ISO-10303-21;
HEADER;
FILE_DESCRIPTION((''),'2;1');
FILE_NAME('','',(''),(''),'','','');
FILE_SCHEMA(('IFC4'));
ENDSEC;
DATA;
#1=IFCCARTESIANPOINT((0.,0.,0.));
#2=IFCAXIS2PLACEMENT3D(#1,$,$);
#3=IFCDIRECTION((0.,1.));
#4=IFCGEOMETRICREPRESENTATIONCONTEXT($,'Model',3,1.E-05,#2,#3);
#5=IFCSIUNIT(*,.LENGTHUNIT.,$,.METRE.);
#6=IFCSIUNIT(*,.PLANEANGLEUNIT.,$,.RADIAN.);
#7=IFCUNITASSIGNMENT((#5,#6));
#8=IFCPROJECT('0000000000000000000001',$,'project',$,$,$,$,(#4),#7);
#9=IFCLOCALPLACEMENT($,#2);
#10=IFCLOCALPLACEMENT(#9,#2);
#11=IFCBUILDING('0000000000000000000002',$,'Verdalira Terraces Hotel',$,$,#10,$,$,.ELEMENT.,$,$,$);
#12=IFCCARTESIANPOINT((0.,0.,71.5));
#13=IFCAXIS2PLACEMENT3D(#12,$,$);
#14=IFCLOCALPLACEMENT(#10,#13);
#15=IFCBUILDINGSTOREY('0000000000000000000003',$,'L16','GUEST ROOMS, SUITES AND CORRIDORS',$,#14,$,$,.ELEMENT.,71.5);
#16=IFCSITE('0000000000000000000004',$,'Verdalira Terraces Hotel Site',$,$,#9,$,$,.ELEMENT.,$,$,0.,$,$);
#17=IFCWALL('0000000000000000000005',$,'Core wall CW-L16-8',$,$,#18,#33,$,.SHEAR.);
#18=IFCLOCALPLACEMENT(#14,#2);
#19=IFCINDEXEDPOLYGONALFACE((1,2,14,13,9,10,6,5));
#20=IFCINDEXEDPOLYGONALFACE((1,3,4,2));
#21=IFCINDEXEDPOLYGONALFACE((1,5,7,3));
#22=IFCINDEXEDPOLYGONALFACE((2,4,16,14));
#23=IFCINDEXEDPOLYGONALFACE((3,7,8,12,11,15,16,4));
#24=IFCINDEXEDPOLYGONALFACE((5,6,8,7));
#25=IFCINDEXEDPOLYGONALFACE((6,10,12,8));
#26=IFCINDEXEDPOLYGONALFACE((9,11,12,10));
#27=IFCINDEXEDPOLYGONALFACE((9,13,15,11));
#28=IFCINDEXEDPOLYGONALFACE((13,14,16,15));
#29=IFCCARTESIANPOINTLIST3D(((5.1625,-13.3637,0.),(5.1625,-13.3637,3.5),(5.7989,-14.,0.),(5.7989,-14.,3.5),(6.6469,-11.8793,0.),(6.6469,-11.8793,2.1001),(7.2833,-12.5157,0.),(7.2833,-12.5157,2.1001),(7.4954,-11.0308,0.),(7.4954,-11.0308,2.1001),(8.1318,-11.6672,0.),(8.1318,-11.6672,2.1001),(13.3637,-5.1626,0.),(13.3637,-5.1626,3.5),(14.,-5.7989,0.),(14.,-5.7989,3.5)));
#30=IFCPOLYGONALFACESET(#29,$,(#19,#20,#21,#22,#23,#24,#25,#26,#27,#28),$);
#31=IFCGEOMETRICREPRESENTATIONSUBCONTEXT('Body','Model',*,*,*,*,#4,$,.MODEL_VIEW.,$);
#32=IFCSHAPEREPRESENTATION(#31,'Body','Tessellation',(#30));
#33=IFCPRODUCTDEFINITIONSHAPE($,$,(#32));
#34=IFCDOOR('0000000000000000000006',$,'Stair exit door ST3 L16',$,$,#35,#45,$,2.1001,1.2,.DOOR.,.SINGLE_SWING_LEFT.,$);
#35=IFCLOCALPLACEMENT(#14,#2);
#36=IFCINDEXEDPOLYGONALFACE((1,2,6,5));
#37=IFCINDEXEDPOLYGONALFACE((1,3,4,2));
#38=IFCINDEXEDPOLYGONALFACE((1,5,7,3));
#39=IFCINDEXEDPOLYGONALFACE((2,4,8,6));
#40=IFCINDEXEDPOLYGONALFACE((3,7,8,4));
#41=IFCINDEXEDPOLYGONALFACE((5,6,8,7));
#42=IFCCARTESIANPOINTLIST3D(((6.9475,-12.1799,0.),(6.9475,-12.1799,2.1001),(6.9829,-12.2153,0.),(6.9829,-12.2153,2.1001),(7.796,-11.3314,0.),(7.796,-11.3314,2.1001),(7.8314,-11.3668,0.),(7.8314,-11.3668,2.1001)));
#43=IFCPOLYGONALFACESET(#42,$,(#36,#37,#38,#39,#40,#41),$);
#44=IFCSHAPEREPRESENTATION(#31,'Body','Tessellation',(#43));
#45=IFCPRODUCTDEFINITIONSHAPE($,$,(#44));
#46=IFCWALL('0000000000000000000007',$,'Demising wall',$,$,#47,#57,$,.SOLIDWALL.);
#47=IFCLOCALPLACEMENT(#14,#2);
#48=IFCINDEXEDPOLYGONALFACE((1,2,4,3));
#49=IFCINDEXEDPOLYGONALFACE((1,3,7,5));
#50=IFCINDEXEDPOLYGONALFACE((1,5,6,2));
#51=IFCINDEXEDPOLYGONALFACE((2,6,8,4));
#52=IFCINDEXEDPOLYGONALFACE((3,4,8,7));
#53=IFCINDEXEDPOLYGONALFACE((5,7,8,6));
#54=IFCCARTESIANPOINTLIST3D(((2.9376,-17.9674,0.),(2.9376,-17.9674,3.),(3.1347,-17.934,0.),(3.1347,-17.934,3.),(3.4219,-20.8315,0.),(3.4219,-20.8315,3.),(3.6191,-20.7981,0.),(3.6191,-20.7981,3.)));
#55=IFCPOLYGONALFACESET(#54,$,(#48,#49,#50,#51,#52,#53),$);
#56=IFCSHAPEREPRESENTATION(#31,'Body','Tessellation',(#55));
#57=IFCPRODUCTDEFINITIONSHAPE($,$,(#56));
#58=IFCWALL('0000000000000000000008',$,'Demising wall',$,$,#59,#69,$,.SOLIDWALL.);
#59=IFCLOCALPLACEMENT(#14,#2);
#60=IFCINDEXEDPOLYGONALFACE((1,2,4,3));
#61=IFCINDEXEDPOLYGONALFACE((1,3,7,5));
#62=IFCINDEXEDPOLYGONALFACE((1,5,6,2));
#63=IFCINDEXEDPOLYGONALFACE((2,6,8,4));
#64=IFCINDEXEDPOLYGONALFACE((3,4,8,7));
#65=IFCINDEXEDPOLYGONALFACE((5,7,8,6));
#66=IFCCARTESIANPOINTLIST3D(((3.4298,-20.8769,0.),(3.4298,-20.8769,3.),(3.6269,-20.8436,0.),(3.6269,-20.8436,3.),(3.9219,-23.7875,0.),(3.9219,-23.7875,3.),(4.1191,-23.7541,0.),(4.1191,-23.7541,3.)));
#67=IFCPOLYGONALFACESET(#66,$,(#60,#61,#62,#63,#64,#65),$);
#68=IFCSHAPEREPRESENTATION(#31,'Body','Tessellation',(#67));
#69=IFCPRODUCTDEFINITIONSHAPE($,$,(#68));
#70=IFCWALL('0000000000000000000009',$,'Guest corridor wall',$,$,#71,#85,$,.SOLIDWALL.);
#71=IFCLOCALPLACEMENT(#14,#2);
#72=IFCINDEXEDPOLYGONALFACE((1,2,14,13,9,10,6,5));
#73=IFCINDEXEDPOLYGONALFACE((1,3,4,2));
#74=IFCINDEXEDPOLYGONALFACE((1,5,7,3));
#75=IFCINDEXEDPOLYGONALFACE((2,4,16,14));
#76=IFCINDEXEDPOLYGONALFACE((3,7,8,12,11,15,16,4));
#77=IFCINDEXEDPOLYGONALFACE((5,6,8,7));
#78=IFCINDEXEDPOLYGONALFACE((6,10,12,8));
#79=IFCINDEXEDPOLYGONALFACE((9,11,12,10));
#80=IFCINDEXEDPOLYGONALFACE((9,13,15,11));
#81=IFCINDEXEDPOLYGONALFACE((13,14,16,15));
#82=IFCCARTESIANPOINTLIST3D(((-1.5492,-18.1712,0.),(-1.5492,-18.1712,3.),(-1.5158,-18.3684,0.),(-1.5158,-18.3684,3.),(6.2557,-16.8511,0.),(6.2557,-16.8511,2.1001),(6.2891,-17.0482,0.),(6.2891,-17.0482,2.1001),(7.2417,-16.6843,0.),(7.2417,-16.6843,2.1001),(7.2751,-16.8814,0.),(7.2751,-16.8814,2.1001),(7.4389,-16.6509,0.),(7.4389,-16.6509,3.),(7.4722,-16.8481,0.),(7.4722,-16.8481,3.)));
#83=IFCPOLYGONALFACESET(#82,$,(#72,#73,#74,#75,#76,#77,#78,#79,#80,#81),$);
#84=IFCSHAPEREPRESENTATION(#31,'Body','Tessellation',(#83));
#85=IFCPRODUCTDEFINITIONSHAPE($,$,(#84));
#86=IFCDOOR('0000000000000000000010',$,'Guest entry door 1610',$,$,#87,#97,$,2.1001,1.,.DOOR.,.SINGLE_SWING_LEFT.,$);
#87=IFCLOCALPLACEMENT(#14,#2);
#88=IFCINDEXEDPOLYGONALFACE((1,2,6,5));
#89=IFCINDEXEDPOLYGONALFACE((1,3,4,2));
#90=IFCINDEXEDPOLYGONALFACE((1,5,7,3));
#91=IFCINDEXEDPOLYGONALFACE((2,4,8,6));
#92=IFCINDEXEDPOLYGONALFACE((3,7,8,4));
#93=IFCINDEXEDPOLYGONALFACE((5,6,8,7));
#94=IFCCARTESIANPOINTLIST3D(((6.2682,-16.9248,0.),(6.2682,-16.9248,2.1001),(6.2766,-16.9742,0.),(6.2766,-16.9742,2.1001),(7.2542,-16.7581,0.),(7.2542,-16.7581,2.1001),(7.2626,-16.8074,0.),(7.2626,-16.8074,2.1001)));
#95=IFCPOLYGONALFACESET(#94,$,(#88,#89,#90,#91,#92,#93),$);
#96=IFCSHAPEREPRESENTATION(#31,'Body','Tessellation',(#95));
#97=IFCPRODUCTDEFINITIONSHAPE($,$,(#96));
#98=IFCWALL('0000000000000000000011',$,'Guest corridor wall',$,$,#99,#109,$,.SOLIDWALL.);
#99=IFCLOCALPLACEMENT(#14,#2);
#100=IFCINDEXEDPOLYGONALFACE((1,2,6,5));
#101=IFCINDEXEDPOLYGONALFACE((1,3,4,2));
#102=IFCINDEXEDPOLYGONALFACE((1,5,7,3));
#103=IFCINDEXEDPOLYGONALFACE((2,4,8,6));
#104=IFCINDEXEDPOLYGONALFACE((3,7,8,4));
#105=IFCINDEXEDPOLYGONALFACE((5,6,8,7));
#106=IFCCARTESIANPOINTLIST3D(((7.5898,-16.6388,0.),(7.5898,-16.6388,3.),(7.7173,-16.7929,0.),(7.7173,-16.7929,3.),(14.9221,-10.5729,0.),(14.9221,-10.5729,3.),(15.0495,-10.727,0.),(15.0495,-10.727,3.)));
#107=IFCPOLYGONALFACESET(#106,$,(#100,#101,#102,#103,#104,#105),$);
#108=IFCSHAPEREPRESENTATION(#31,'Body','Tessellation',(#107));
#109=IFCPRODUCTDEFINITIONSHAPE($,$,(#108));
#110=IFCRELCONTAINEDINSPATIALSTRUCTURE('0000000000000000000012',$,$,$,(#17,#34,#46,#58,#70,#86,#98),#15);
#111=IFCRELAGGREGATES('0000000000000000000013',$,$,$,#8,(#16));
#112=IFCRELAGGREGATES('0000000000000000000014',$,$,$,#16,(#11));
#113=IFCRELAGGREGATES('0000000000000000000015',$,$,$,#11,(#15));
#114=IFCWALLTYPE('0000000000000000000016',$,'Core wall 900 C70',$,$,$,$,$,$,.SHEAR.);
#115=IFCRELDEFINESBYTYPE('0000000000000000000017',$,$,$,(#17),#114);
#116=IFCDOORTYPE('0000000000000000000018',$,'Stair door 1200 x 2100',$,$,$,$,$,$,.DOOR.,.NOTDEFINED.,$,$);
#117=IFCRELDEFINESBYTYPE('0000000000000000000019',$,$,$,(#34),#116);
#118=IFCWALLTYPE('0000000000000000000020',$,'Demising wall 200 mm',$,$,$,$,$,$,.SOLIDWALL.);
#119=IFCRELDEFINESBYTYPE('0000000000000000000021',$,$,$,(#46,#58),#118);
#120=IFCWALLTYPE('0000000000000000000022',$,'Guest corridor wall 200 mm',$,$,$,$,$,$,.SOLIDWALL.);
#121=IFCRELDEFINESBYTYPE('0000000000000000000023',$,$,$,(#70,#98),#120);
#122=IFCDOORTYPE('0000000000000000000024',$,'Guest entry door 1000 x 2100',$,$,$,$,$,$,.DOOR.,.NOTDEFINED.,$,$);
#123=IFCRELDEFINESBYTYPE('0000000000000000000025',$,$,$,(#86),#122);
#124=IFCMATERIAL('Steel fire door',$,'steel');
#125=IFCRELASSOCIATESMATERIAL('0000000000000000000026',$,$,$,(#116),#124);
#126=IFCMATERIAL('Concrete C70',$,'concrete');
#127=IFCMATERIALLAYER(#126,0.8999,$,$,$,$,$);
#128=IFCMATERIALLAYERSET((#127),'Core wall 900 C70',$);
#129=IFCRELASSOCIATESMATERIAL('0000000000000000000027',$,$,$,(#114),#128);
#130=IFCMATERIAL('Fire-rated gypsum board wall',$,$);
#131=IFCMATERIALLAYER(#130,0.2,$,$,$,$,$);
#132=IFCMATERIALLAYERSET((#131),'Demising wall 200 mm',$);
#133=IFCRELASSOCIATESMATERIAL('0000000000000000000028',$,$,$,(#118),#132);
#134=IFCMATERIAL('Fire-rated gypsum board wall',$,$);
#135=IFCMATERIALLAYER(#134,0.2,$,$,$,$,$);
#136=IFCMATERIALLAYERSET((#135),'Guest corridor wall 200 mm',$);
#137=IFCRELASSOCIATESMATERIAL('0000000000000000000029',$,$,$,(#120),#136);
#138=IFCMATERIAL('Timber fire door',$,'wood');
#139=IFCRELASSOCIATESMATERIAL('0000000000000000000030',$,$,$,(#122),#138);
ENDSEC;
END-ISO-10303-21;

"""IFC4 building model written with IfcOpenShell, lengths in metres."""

from ifc_helpers import new_model, si_unit, direction, frame, frame_2d, origin, place, context, subcontext, project, spatial, rectangle, extrude, material, layer, layer_set, type_object, element, fill, save


model = new_model("IFC4")

# Units and contexts
model_context = context("Model", 3, precision=1e-05, world=origin(), true_north=direction((0.0, 1.0)))
body_context = subcontext(model_context, "Body", "Model", "MODEL_VIEW")
ifc_project = project(units=[si_unit("LENGTHUNIT", "METRE"), si_unit("PLANEANGLEUNIT", "RADIAN")], contexts=[model_context])

# Site, building, storey
site_placement = place(None, origin())
site = spatial("IfcSite", under=ifc_project, at=site_placement, Name="Verdalira Terraces Hotel Site", CompositionType="ELEMENT", RefElevation=0.0)
building_placement = place(site_placement, origin())
building = spatial("IfcBuilding", under=site, at=building_placement, Name="Verdalira Terraces Hotel", CompositionType="ELEMENT")
storey_placement = place(building_placement, frame((0.0, 0.0, 71.5)))
storey = spatial("IfcBuildingStorey", under=building, at=storey_placement, Name="L16", Description="GUEST ROOMS, SUITES AND CORRIDORS", CompositionType="ELEMENT", Elevation=71.5)

# Shared definitions
ifc_material_1 = material(Name="Steel fire door", Category="steel")
door_type_1 = type_object("IfcDoorType", Name="Stair door 1200 x 2100", OperationType="NOTDEFINED", PredefinedType="DOOR", material=ifc_material_1)

# Wall, opening, door
ifc_material_2 = material(Name="Concrete C70", Category="concrete")
ifc_layer_1 = layer(ifc_material_2, 0.8999)
ifc_layer_set_1 = layer_set([ifc_layer_1], Name="Core wall 900 C70")
wall_type_1 = type_object("IfcWallType", Name="Core wall 900 C70", PredefinedType="SHEAR", material=ifc_layer_set_1)
wall_1_placement = place(storey_placement, frame((5.4807, -13.6819, 0.0), z_axis=(0.0, 0.0, 1.0), x_axis=(0.707107, 0.707107, 0.0)))
wall_1 = element("IfcWall", 1, at=wall_1_placement, inside=storey, type_object=wall_type_1, Name="Core wall CW-L16-8", PredefinedType="SHEAR", context=body_context, shape_type="SweptSolid", body=[
    extrude(rectangle(XDim=11.5981, YDim=0.8999, at=frame_2d((5.7991, 0.0))), origin(), (0.0, 0.0, 1.0), 3.5),
])
opening_1_placement = place(wall_1_placement, frame((2.0991, 0.0, 0.0)))
opening_1 = element("IfcOpeningElement", 2, at=opening_1_placement, cuts=wall_1, PredefinedType="OPENING", context=body_context, shape_type="SweptSolid", body=[
    extrude(rectangle(XDim=1.2, YDim=2.1001, at=frame_2d((0.6001, 1.05))), frame((0.0, 0.46, 0.0), z_axis=(0.0, -1.0, 0.0), x_axis=(1.0, 0.0, 0.0)), (0.0, 0.0, 1.0), 0.9199),
])
door_1_placement = place(opening_1_placement, origin())
door_1 = element("IfcDoor", 3, at=door_1_placement, inside=storey, type_object=door_type_1, Name="Stair exit door ST3 L16", OperationType="SINGLE_SWING_LEFT", OverallHeight=2.1001, OverallWidth=1.2, PredefinedType="DOOR", context=body_context, shape_type="SweptSolid", body=[
    extrude(rectangle(XDim=1.2, YDim=2.1001, at=frame_2d((0.6001, 1.05))), frame((0.0, 0.0249, 0.0), z_axis=(0.0, -1.0, 0.0), x_axis=(1.0, 0.0, 0.0)), (0.0, 0.0, 1.0), 0.05),
])
fill(opening_1, door_1)

# Walls
ifc_material_3 = material(Name="Fire-rated gypsum board wall")
ifc_layer_2 = layer(ifc_material_3, 0.2)
ifc_layer_set_2 = layer_set([ifc_layer_2], Name="Demising wall 200 mm")
wall_type_2 = type_object("IfcWallType", Name="Demising wall 200 mm", PredefinedType="SOLIDWALL", material=ifc_layer_set_2)
wall_2_placement = place(storey_placement, frame((3.0361, -17.9507, 0.0), z_axis=(0.0, 0.0, 1.0), x_axis=(0.166756, -0.985998, 0.0)))
element("IfcWall", 4, at=wall_2_placement, inside=storey, type_object=wall_type_2, Name="Demising wall", PredefinedType="SOLIDWALL", context=body_context, shape_type="SweptSolid", body=[
    extrude(rectangle(XDim=2.9048, YDim=0.2, at=frame_2d((1.4524, 0.0))), origin(), (0.0, 0.0, 1.0), 3.0),
])
wall_3_placement = place(storey_placement, frame((3.5283, -20.8601, 0.0), z_axis=(0.0, 0.0, 1.0), x_axis=(0.166732, -0.986002, 0.0)))
element("IfcWall", 5, at=wall_3_placement, inside=storey, type_object=wall_type_2, Name="Demising wall", PredefinedType="SOLIDWALL", context=body_context, shape_type="SweptSolid", body=[
    extrude(rectangle(XDim=2.9519, YDim=0.2, at=frame_2d((1.4761, 0.0))), origin(), (0.0, 0.0, 1.0), 3.0),
])

# Wall, opening, door
ifc_material_4 = material(Name="Fire-rated gypsum board wall")
ifc_layer_3 = layer(ifc_material_4, 0.2)
ifc_layer_set_3 = layer_set([ifc_layer_3], Name="Guest corridor wall 200 mm")
wall_type_3 = type_object("IfcWallType", Name="Guest corridor wall 200 mm", PredefinedType="SOLIDWALL", material=ifc_layer_set_3)
wall_4_placement = place(storey_placement, frame((7.4556, -16.7495, 0.0), z_axis=(0.0, 0.0, 1.0), x_axis=(-0.985995, -0.166774, 0.0)))
wall_4 = element("IfcWall", 6, at=wall_4_placement, inside=storey, type_object=wall_type_3, Name="Guest corridor wall", PredefinedType="SOLIDWALL", context=body_context, shape_type="SweptSolid", body=[
    extrude(rectangle(XDim=9.1157, YDim=0.2, at=frame_2d((4.5579, 0.0))), origin(), (0.0, 0.0, 1.0), 3.0),
])
opening_2_placement = place(wall_4_placement, frame((0.2, 0.0, 0.0)))
opening_2 = element("IfcOpeningElement", 7, at=opening_2_placement, cuts=wall_4, PredefinedType="OPENING", context=body_context, shape_type="SweptSolid", body=[
    extrude(rectangle(XDim=1.0, YDim=2.1001, at=frame_2d((0.5, 1.05))), frame((0.0, 0.1099, 0.0), z_axis=(0.0, -1.0, 0.0), x_axis=(1.0, 0.0, 0.0)), (0.0, 0.0, 1.0), 0.22),
])
ifc_material_5 = material(Name="Timber fire door", Category="wood")
door_type_2 = type_object("IfcDoorType", Name="Guest entry door 1000 x 2100", OperationType="NOTDEFINED", PredefinedType="DOOR", material=ifc_material_5)
door_2_placement = place(opening_2_placement, origin())
door_2 = element("IfcDoor", 8, at=door_2_placement, inside=storey, type_object=door_type_2, Name="Guest entry door 1610", OperationType="SINGLE_SWING_LEFT", OverallHeight=2.1001, OverallWidth=1.0, PredefinedType="DOOR", context=body_context, shape_type="SweptSolid", body=[
    extrude(rectangle(XDim=1.0, YDim=2.1001, at=frame_2d((0.5, 1.05))), frame((0.0, 0.0249, 0.0), z_axis=(0.0, -1.0, 0.0), x_axis=(1.0, 0.0, 0.0)), (0.0, 0.0, 1.0), 0.05),
])
fill(opening_2, door_2)

# Wall
wall_5_placement = place(storey_placement, frame((7.6536, -16.7158, 0.0), z_axis=(0.0, 0.0, 1.0), x_axis=(0.770506, 0.637432, 0.0)))
element("IfcWall", 9, at=wall_5_placement, inside=storey, type_object=wall_type_3, Name="Guest corridor wall", PredefinedType="SOLIDWALL", context=body_context, shape_type="SweptSolid", body=[
    extrude(rectangle(XDim=9.5161, YDim=0.2, at=frame_2d((4.7581, 0.0))), origin(), (0.0, 0.0, 1.0), 3.0),
])

save(model, "model.ifc")
